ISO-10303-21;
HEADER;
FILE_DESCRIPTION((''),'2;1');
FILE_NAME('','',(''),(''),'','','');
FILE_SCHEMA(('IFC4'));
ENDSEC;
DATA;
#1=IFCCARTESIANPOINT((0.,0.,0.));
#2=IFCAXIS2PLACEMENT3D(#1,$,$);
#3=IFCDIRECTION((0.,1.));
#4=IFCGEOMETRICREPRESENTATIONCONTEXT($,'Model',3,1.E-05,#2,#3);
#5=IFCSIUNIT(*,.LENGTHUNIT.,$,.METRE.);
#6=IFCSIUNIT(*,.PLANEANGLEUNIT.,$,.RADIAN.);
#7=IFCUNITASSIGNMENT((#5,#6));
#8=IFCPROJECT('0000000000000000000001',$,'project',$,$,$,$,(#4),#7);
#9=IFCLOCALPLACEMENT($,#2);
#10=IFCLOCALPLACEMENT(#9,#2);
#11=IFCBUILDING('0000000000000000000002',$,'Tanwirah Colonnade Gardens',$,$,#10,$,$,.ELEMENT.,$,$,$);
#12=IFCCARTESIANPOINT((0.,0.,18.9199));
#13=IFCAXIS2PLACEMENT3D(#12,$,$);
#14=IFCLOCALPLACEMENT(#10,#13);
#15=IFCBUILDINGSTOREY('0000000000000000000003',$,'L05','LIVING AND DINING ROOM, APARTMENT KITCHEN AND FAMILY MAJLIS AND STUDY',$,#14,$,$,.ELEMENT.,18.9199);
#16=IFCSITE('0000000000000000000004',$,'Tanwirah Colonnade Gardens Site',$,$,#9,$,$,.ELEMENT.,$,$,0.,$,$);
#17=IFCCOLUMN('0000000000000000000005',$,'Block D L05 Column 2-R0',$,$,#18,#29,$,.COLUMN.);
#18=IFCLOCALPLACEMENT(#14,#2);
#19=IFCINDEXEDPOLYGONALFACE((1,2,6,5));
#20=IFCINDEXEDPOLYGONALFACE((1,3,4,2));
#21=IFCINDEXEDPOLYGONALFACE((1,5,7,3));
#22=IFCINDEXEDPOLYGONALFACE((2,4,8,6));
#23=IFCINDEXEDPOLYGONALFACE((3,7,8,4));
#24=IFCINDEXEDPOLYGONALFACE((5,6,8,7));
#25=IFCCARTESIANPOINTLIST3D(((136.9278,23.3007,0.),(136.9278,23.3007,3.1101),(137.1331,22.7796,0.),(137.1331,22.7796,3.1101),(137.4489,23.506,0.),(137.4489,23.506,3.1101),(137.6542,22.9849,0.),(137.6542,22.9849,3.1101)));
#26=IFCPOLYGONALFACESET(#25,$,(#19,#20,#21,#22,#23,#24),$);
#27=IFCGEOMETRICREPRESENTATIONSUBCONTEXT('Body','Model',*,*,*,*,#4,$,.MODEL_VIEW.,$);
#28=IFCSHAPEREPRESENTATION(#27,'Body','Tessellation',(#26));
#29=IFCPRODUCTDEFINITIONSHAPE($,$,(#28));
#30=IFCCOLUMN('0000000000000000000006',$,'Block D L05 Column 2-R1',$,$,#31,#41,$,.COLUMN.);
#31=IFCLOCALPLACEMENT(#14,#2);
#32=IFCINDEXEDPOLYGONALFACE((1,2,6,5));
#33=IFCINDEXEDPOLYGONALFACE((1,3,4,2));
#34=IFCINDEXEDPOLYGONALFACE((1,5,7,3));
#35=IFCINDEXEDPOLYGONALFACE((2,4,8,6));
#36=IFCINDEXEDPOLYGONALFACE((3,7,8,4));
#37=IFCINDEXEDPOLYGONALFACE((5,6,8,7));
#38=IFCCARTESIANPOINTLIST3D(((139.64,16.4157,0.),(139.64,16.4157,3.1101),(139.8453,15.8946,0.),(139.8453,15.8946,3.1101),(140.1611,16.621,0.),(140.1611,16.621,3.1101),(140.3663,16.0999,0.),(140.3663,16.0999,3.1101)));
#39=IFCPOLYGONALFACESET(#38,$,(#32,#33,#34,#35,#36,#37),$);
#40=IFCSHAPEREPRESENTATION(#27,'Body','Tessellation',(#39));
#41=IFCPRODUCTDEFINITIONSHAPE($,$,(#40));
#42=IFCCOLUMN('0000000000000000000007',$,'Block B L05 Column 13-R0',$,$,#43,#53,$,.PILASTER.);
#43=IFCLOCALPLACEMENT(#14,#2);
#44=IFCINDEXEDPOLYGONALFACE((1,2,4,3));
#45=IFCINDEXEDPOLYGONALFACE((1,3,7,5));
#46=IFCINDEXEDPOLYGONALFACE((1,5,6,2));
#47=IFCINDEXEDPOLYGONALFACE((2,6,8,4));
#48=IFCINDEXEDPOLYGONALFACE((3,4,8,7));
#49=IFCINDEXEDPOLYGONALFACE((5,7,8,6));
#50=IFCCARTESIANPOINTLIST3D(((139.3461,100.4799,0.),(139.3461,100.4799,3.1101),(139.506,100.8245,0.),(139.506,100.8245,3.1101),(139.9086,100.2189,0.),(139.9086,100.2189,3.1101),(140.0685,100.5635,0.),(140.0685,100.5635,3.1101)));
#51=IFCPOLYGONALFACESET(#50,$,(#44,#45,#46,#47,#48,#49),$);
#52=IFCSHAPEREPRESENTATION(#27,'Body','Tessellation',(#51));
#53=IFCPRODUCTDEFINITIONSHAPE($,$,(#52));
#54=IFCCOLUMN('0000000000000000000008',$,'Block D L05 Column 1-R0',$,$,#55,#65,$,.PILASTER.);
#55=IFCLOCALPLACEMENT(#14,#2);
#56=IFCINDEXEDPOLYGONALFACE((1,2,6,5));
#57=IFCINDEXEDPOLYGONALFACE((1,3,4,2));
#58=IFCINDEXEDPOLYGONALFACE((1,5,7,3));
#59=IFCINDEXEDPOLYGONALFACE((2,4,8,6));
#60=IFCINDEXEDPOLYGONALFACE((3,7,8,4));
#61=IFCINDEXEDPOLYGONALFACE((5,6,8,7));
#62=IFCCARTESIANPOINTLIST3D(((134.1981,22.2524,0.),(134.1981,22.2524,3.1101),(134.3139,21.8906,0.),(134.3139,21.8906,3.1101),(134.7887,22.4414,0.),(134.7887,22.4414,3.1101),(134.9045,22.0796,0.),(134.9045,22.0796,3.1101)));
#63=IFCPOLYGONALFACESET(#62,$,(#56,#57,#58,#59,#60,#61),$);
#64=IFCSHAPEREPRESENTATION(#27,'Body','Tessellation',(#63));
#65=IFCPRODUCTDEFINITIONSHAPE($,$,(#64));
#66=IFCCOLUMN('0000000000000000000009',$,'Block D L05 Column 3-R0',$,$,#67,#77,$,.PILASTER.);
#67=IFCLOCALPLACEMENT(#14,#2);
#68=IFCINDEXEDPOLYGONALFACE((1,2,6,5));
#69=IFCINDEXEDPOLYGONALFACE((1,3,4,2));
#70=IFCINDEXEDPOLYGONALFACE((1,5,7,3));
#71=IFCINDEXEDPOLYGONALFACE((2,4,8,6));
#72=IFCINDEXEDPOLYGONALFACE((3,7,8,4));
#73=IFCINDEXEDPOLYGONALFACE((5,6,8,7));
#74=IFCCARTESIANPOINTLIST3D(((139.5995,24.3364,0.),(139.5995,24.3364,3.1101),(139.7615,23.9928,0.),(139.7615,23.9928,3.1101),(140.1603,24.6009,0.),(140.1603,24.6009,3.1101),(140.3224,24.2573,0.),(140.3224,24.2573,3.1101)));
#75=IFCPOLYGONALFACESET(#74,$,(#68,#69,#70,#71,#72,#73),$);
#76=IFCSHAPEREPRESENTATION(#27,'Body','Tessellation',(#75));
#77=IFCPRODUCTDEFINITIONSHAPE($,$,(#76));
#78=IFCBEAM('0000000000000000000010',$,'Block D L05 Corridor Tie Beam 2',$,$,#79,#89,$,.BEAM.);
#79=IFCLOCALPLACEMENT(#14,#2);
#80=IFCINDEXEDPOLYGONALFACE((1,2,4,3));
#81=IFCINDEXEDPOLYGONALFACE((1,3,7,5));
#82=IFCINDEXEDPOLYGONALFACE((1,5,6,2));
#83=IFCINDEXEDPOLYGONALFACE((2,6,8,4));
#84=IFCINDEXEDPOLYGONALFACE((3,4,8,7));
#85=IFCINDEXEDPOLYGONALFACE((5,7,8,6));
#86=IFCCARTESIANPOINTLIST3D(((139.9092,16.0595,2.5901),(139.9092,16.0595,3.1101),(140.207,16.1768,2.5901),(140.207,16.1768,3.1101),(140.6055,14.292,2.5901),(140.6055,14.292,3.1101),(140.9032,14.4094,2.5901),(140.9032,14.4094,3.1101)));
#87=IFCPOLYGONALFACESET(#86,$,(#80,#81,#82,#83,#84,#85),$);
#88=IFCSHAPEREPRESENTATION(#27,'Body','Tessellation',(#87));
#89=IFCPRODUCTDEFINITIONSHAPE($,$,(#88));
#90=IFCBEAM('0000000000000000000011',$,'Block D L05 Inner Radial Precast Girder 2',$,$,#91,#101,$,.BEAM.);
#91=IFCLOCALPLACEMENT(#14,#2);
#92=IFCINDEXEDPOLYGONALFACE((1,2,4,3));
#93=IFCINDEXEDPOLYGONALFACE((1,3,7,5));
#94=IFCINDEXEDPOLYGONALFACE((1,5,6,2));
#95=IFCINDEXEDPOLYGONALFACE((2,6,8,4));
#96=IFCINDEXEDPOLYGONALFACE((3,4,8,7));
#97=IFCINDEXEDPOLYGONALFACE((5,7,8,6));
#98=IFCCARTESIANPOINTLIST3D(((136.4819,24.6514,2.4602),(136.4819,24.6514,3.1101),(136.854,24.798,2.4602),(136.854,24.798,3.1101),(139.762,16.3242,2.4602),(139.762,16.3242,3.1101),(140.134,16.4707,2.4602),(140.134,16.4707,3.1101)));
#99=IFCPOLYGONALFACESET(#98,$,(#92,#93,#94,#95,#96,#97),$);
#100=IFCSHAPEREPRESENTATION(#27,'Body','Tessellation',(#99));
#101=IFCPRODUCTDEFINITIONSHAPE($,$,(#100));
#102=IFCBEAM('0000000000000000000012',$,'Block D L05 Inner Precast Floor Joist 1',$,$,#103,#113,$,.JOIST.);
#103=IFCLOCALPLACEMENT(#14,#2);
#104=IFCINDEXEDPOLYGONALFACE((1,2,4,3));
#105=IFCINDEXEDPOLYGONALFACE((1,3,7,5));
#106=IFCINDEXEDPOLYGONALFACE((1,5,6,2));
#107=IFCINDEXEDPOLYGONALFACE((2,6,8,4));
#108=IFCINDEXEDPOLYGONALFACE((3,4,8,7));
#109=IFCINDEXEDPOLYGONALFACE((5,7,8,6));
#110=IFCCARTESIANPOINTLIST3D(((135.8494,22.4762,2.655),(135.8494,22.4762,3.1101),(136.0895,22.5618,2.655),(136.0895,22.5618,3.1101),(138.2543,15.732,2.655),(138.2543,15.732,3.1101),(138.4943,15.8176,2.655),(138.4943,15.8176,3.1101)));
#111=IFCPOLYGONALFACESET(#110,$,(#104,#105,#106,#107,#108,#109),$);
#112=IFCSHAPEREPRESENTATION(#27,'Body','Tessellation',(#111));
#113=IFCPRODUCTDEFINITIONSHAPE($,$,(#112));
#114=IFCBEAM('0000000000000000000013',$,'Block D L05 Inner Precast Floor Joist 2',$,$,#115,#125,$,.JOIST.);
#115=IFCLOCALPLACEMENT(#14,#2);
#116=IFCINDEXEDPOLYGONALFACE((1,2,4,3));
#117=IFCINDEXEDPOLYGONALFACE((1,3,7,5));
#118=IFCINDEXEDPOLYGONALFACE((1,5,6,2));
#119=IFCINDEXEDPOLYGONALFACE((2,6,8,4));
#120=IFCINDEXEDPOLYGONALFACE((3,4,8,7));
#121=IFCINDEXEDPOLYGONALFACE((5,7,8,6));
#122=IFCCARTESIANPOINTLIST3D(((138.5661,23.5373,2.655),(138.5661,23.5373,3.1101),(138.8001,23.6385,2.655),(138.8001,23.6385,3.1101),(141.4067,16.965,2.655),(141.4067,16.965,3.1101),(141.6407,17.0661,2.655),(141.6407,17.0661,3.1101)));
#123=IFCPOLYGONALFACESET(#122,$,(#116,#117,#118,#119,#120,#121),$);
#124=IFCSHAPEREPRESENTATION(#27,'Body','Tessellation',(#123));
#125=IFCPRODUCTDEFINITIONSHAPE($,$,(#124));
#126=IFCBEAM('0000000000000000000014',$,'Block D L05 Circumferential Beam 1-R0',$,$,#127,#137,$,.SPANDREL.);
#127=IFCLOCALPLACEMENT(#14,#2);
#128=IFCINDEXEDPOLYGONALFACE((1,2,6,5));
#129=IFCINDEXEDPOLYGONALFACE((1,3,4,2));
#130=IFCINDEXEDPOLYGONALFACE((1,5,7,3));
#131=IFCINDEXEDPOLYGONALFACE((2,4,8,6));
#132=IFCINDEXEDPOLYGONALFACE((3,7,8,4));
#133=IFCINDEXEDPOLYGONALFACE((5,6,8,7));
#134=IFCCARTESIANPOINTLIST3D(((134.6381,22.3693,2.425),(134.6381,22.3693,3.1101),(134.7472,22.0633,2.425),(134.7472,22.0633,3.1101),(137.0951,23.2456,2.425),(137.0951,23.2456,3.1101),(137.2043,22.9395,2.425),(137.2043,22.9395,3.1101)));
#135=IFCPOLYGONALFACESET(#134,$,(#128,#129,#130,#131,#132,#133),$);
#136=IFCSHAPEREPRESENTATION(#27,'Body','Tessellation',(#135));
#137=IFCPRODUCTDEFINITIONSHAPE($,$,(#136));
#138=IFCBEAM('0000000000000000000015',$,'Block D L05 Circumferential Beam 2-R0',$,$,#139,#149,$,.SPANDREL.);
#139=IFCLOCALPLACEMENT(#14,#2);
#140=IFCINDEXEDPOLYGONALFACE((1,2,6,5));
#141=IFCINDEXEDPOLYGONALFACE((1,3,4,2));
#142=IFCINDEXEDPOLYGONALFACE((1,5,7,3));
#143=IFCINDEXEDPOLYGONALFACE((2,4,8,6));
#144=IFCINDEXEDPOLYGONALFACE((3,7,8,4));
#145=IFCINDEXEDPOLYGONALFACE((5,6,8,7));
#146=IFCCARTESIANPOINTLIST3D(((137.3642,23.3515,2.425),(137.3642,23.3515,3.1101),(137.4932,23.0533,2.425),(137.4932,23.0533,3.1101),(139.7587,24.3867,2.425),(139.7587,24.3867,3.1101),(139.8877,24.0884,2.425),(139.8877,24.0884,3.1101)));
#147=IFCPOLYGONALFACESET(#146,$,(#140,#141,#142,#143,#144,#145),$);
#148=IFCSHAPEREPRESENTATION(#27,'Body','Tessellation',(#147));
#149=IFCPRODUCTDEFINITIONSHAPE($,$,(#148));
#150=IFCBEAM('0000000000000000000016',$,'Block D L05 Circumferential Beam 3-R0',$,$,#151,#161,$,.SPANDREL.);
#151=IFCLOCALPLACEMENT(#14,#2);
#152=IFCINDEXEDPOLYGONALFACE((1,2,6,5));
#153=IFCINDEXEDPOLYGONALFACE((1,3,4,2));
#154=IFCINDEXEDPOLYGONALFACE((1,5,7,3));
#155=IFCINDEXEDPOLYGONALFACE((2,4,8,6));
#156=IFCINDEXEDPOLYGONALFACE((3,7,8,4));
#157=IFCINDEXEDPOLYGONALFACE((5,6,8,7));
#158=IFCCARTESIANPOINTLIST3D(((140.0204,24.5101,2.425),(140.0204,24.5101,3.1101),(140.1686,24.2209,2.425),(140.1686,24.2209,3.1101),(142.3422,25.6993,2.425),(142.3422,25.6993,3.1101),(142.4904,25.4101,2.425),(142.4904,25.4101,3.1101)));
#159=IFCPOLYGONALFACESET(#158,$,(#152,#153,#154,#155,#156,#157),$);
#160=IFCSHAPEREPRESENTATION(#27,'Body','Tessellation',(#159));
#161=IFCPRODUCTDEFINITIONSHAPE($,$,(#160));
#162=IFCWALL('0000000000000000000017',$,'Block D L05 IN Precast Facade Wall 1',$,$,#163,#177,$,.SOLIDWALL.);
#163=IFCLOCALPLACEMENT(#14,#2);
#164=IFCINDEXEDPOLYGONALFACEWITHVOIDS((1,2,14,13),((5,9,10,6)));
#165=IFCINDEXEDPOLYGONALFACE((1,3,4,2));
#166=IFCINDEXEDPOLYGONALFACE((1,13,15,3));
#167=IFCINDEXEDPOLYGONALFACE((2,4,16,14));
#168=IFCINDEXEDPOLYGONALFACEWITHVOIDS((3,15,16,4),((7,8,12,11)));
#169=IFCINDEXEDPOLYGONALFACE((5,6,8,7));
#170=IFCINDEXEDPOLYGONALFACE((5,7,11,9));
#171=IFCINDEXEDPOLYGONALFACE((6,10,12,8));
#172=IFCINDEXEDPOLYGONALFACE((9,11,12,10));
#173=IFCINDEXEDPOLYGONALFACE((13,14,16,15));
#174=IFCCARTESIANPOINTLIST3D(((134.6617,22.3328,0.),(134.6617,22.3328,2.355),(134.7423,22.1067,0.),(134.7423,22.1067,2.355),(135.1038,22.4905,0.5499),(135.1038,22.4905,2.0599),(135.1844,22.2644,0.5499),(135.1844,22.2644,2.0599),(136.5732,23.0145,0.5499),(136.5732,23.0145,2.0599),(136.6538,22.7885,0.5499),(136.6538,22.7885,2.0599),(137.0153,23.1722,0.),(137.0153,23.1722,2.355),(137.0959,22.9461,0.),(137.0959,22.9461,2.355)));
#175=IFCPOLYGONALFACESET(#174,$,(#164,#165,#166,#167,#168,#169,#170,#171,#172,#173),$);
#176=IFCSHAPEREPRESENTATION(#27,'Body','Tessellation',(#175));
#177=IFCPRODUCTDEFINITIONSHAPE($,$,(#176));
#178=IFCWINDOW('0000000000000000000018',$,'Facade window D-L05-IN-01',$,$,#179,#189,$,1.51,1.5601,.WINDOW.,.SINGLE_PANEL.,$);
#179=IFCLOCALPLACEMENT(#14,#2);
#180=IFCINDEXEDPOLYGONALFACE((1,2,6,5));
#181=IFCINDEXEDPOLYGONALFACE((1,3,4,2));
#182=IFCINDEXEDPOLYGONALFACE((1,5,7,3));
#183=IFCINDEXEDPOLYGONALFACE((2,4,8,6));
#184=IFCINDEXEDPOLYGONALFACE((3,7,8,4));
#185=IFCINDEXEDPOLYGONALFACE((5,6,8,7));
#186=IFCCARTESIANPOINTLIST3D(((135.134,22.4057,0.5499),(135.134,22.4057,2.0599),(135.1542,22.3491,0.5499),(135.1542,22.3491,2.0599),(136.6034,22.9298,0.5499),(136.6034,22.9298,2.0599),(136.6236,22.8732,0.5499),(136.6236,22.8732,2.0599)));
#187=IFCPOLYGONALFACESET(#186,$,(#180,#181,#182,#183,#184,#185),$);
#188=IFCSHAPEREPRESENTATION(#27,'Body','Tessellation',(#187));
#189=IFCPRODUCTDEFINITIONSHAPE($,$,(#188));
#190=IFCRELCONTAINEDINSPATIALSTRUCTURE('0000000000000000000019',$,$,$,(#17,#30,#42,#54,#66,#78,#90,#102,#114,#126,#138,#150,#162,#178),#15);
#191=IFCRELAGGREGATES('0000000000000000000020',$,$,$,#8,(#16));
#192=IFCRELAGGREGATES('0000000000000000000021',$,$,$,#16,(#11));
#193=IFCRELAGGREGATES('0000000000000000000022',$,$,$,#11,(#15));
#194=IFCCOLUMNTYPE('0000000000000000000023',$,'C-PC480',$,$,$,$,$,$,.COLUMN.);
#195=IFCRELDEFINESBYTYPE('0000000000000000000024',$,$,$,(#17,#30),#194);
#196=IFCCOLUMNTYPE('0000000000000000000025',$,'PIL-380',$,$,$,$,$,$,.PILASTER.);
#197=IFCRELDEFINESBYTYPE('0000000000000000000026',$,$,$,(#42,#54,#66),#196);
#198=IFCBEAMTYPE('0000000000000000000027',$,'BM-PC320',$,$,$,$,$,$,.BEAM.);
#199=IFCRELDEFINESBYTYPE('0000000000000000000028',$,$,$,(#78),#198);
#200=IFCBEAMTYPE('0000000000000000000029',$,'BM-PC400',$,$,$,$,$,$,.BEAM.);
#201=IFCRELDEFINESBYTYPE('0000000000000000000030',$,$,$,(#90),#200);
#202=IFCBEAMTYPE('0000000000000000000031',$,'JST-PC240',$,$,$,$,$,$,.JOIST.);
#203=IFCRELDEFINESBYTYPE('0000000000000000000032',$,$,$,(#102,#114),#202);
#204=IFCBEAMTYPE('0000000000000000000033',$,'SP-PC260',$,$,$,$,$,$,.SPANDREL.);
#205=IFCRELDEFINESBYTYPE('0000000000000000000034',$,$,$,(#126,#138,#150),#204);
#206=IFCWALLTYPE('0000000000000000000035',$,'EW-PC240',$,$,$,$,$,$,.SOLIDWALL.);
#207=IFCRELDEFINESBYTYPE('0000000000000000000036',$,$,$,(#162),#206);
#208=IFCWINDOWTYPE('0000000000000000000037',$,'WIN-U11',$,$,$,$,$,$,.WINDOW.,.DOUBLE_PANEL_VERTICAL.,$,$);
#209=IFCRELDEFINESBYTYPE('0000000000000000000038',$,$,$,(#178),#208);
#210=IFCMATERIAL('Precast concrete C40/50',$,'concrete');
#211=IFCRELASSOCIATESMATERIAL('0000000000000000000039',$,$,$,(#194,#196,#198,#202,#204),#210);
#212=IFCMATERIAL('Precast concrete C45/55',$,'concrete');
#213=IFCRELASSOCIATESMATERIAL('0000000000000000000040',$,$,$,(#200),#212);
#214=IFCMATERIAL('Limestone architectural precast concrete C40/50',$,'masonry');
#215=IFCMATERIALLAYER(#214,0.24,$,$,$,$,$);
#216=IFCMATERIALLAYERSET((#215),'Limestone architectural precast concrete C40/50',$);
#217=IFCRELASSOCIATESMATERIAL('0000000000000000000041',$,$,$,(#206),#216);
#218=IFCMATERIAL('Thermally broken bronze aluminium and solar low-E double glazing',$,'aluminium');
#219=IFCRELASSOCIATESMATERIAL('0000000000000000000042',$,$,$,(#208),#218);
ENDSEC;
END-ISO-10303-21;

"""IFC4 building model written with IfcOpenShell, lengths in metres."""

from ifc_helpers import new_model, si_unit, direction, frame, frame_2d, origin, origin_2d, place, context, subcontext, project, spatial, rectangle, extrude, material, layer, layer_set, material_profile, profile_set, type_object, element, fill, save


model = new_model("IFC4")

# Units and contexts
model_context = context("Model", 3, precision=1e-05, world=origin(), true_north=direction((0.0, 1.0)))
body_context = subcontext(model_context, "Body", "Model", "MODEL_VIEW")
ifc_project = project(units=[si_unit("LENGTHUNIT", "METRE"), si_unit("PLANEANGLEUNIT", "RADIAN")], contexts=[model_context])

# Site, building, storey
site_placement = place(None, origin())
site = spatial("IfcSite", under=ifc_project, at=site_placement, Name="Tanwirah Colonnade Gardens Site", CompositionType="ELEMENT", RefElevation=0.0)
building_placement = place(site_placement, origin())
building = spatial("IfcBuilding", under=site, at=building_placement, Name="Tanwirah Colonnade Gardens", CompositionType="ELEMENT")
storey_placement = place(building_placement, frame((0.0, 0.0, 18.9199)))
storey = spatial("IfcBuildingStorey", under=building, at=storey_placement, Name="L05", Description="LIVING AND DINING ROOM, APARTMENT KITCHEN AND FAMILY MAJLIS AND STUDY", CompositionType="ELEMENT", Elevation=18.9199)

# Columns
ifc_material_1 = material(Name="Precast concrete C40/50", Category="concrete")
ifc_material_profile_1 = material_profile(ifc_material_1, rectangle(XDim=0.5601, YDim=0.5601, at=origin_2d()), Name="PC-COL 560x560")
ifc_profile_set_1 = profile_set([ifc_material_profile_1], Name="Precast concrete C40/50")
column_type_1 = type_object("IfcColumnType", Name="C-PC480", PredefinedType="COLUMN", material=ifc_profile_set_1)
for number, where, z_axis, x_axis, name in (
    (1, (137.291, 23.1428, 0.0), (0.0, 0.0, 1.0), (0.366501, -0.930418, 0.0), "Block D L05 Column 2-R0"),
    (2, (140.0032, 16.2578, 0.0), (0.0, 0.0, 1.0), (0.366501, -0.930418, 0.0), "Block D L05 Column 2-R1"),
):
    element("IfcColumn", number, at=place(storey_placement, frame(where, z_axis=z_axis, x_axis=x_axis)), inside=storey, type_object=column_type_1, Name=name, PredefinedType="COLUMN", context=body_context, shape_type="SweptSolid", body=[
        extrude(rectangle(XDim=0.5601, YDim=0.5601, at=origin_2d()), origin(), (0.0, 0.0, 1.0), 3.1101),
    ])
ifc_material_profile_2 = material_profile(ifc_material_1, rectangle(XDim=0.3799, YDim=0.6201, at=origin_2d()), Name="PC-PIL 380x620")
ifc_profile_set_2 = profile_set([ifc_material_profile_2], Name="Precast concrete C40/50")
column_type_2 = type_object("IfcColumnType", Name="PIL-380", PredefinedType="PILASTER", material=ifc_profile_set_2)
for number, where, z_axis, x_axis, name in (
    (3, (139.7073, 100.5217, 0.0), (0.0, 0.0, 1.0), (0.42086, 0.907126, 0.0), "Block B L05 Column 13-R0"),
    (4, (134.5513, 22.166, 0.0), (0.0, 0.0, 1.0), (0.304864, -0.952396, 0.0), "Block D L05 Column 1-R0"),
    (5, (139.9609, 24.2969, 0.0), (0.0, 0.0, 1.0), (0.426569, -0.904455, 0.0), "Block D L05 Column 3-R0"),
):
    element("IfcColumn", number, at=place(storey_placement, frame(where, z_axis=z_axis, x_axis=x_axis)), inside=storey, type_object=column_type_2, Name=name, PredefinedType="PILASTER", context=body_context, shape_type="SweptSolid", body=[
        extrude(rectangle(XDim=0.3799, YDim=0.6201, at=origin_2d()), origin(), (0.0, 0.0, 1.0), 3.1101),
    ])

# Beams
ifc_material_profile_3 = material_profile(ifc_material_1, rectangle(XDim=0.3201, YDim=0.52, at=origin_2d()), Name="PC-BM 320x520")
ifc_profile_set_3 = profile_set([ifc_material_profile_3], Name="Precast concrete C40/50")
beam_type_1 = type_object("IfcBeamType", Name="BM-PC320", PredefinedType="BEAM", material=ifc_profile_set_3)
beam_1_placement = place(storey_placement, frame((140.0581, 16.1182, 2.8501), z_axis=(0.366511, -0.930414, 0.0), x_axis=(0.930414, 0.366511, 0.0)))
element("IfcBeam", 6, at=beam_1_placement, inside=storey, type_object=beam_type_1, Name="Block D L05 Corridor Tie Beam 2", PredefinedType="BEAM", context=body_context, shape_type="SweptSolid", body=[
    extrude(rectangle(XDim=0.3201, YDim=0.52, at=origin_2d()), origin(), (0.0, 0.0, 1.0), 1.8997),
])
ifc_material_2 = material(Name="Precast concrete C45/55", Category="concrete")
ifc_material_profile_4 = material_profile(ifc_material_2, rectangle(XDim=0.3999, YDim=0.6499, at=origin_2d()), Name="PC-BM 400x650")
ifc_profile_set_4 = profile_set([ifc_material_profile_4], Name="Precast concrete C45/55")
beam_type_2 = type_object("IfcBeamType", Name="BM-PC400", PredefinedType="BEAM", material=ifc_profile_set_4)
beam_2_placement = place(storey_placement, frame((139.948, 16.3975, 2.7852), z_axis=(-0.366489, 0.930422, 0.0), x_axis=(-0.930422, -0.366489, 0.0)))
element("IfcBeam", 7, at=beam_2_placement, inside=storey, type_object=beam_type_2, Name="Block D L05 Inner Radial Precast Girder 2", PredefinedType="BEAM", context=body_context, shape_type="SweptSolid", body=[
    extrude(rectangle(XDim=0.3999, YDim=0.6499, at=origin_2d()), origin(), (0.0, 0.0, 1.0), 8.95),
])
ifc_material_profile_5 = material_profile(ifc_material_1, rectangle(XDim=0.2549, YDim=0.4551, at=origin_2d()), Name="PC-JST 255x455")
ifc_profile_set_5 = profile_set([ifc_material_profile_5], Name="Precast concrete C40/50")
beam_type_3 = type_object("IfcBeamType", Name="JST-PC240", PredefinedType="JOIST", material=ifc_profile_set_5)
beam_3_placement = place(storey_placement, frame((135.9695, 22.519, 2.8826), z_axis=(0.335861, -0.941912, 0.0), x_axis=(0.941912, 0.335861, 0.0)))
element("IfcBeam", 8, at=beam_3_placement, inside=storey, type_object=beam_type_3, Name="Block D L05 Inner Precast Floor Joist 1", PredefinedType="JOIST", context=body_context, shape_type="SweptSolid", body=[
    extrude(rectangle(XDim=0.2549, YDim=0.4551, at=origin_2d()), origin(), (0.0, 0.0, 1.0), 7.1602),
])
beam_4_placement = place(storey_placement, frame((138.6831, 23.5879, 2.8826), z_axis=(0.396736, -0.917933, 0.0), x_axis=(0.917933, 0.396736, 0.0)))
element("IfcBeam", 9, at=beam_4_placement, inside=storey, type_object=beam_type_3, Name="Block D L05 Inner Precast Floor Joist 2", PredefinedType="JOIST", context=body_context, shape_type="SweptSolid", body=[
    extrude(rectangle(XDim=0.2549, YDim=0.4551, at=origin_2d()), origin(), (0.0, 0.0, 1.0), 7.1599),
])
ifc_material_profile_6 = material_profile(ifc_material_1, rectangle(XDim=0.325, YDim=0.6851, at=origin_2d()), Name="PC-SP 325x685")
ifc_profile_set_6 = profile_set([ifc_material_profile_6], Name="Precast concrete C40/50")
beam_type_4 = type_object("IfcBeamType", Name="SP-PC260", PredefinedType="SPANDREL", material=ifc_profile_set_6)
for number, where, z_axis, x_axis, name in (
    (10, (134.6926, 22.2163, 2.7676), (0.941898, 0.335898, 0.0), (-0.335898, 0.941898, 0.0), "Block D L05 Circumferential Beam 1-R0"),
    (11, (137.4287, 23.2024, 2.7676), (0.917901, 0.396809, 0.0), (-0.396809, 0.917901, 0.0), "Block D L05 Circumferential Beam 2-R0"),
    (12, (140.0945, 24.3655, 2.7676), (0.890042, 0.455878, 0.0), (-0.455878, 0.890042, 0.0), "Block D L05 Circumferential Beam 3-R0"),
):
    element("IfcBeam", number, at=place(storey_placement, frame(where, z_axis=z_axis, x_axis=x_axis)), inside=storey, type_object=beam_type_4, Name=name, PredefinedType="SPANDREL", context=body_context, shape_type="SweptSolid", body=[
        extrude(rectangle(XDim=0.325, YDim=0.6851, at=origin_2d()), origin(), (0.0, 0.0, 1.0), 2.6086),
    ])

# Wall, opening, window
ifc_material_3 = material(Name="Limestone architectural precast concrete C40/50", Category="masonry")
ifc_layer_1 = layer(ifc_material_3, 0.24)
ifc_layer_set_1 = layer_set([ifc_layer_1], Name="Limestone architectural precast concrete C40/50")
wall_type_1 = type_object("IfcWallType", Name="EW-PC240", PredefinedType="SOLIDWALL", material=ifc_layer_set_1)
wall_1_placement = place(storey_placement, frame((134.7019, 22.2197, 0.0), z_axis=(0.0, 0.0, 1.0), x_axis=(0.941892, 0.335915, 0.0)))
wall_1 = element("IfcWall", 13, at=wall_1_placement, inside=storey, type_object=wall_type_1, Name="Block D L05 IN Precast Facade Wall 1", PredefinedType="SOLIDWALL", context=body_context, shape_type="SweptSolid", body=[
    extrude(rectangle(XDim=2.4988, YDim=0.24, at=frame_2d((1.2495, 0.0))), origin(), (0.0, 0.0, 1.0), 2.355),
])
opening_1_placement = place(wall_1_placement, frame((0.4695, 0.0, 0.55)))
opening_1 = element("IfcOpeningElement", 14, at=opening_1_placement, cuts=wall_1, PredefinedType="OPENING", context=body_context, shape_type="SweptSolid", body=[
    extrude(rectangle(XDim=1.5601, YDim=1.51, at=frame_2d((0.78, 0.7549))), frame((0.0, 0.1299, 0.0), z_axis=(0.0, -1.0, 0.0), x_axis=(1.0, 0.0, 0.0)), (0.0, 0.0, 1.0), 0.26),
])
ifc_material_4 = material(Name="Thermally broken bronze aluminium and solar low-E double glazing", Category="aluminium")
window_type_1 = type_object("IfcWindowType", Name="WIN-U11", PartitioningType="DOUBLE_PANEL_VERTICAL", PredefinedType="WINDOW", material=ifc_material_4)
window_1_placement = place(opening_1_placement, origin())
window_1 = element("IfcWindow", 15, at=window_1_placement, inside=storey, type_object=window_type_1, Name="Facade window D-L05-IN-01", OverallHeight=1.51, OverallWidth=1.5601, PartitioningType="SINGLE_PANEL", PredefinedType="WINDOW", context=body_context, shape_type="SweptSolid", body=[
    extrude(rectangle(XDim=1.5601, YDim=1.51, at=frame_2d((0.78, 0.7549))), frame((0.0, 0.03, 0.0), z_axis=(0.0, -1.0, 0.0), x_axis=(1.0, 0.0, 0.0)), (0.0, 0.0, 1.0), 0.0601),
])
fill(opening_1, window_1)

save(model, "model.ifc")
